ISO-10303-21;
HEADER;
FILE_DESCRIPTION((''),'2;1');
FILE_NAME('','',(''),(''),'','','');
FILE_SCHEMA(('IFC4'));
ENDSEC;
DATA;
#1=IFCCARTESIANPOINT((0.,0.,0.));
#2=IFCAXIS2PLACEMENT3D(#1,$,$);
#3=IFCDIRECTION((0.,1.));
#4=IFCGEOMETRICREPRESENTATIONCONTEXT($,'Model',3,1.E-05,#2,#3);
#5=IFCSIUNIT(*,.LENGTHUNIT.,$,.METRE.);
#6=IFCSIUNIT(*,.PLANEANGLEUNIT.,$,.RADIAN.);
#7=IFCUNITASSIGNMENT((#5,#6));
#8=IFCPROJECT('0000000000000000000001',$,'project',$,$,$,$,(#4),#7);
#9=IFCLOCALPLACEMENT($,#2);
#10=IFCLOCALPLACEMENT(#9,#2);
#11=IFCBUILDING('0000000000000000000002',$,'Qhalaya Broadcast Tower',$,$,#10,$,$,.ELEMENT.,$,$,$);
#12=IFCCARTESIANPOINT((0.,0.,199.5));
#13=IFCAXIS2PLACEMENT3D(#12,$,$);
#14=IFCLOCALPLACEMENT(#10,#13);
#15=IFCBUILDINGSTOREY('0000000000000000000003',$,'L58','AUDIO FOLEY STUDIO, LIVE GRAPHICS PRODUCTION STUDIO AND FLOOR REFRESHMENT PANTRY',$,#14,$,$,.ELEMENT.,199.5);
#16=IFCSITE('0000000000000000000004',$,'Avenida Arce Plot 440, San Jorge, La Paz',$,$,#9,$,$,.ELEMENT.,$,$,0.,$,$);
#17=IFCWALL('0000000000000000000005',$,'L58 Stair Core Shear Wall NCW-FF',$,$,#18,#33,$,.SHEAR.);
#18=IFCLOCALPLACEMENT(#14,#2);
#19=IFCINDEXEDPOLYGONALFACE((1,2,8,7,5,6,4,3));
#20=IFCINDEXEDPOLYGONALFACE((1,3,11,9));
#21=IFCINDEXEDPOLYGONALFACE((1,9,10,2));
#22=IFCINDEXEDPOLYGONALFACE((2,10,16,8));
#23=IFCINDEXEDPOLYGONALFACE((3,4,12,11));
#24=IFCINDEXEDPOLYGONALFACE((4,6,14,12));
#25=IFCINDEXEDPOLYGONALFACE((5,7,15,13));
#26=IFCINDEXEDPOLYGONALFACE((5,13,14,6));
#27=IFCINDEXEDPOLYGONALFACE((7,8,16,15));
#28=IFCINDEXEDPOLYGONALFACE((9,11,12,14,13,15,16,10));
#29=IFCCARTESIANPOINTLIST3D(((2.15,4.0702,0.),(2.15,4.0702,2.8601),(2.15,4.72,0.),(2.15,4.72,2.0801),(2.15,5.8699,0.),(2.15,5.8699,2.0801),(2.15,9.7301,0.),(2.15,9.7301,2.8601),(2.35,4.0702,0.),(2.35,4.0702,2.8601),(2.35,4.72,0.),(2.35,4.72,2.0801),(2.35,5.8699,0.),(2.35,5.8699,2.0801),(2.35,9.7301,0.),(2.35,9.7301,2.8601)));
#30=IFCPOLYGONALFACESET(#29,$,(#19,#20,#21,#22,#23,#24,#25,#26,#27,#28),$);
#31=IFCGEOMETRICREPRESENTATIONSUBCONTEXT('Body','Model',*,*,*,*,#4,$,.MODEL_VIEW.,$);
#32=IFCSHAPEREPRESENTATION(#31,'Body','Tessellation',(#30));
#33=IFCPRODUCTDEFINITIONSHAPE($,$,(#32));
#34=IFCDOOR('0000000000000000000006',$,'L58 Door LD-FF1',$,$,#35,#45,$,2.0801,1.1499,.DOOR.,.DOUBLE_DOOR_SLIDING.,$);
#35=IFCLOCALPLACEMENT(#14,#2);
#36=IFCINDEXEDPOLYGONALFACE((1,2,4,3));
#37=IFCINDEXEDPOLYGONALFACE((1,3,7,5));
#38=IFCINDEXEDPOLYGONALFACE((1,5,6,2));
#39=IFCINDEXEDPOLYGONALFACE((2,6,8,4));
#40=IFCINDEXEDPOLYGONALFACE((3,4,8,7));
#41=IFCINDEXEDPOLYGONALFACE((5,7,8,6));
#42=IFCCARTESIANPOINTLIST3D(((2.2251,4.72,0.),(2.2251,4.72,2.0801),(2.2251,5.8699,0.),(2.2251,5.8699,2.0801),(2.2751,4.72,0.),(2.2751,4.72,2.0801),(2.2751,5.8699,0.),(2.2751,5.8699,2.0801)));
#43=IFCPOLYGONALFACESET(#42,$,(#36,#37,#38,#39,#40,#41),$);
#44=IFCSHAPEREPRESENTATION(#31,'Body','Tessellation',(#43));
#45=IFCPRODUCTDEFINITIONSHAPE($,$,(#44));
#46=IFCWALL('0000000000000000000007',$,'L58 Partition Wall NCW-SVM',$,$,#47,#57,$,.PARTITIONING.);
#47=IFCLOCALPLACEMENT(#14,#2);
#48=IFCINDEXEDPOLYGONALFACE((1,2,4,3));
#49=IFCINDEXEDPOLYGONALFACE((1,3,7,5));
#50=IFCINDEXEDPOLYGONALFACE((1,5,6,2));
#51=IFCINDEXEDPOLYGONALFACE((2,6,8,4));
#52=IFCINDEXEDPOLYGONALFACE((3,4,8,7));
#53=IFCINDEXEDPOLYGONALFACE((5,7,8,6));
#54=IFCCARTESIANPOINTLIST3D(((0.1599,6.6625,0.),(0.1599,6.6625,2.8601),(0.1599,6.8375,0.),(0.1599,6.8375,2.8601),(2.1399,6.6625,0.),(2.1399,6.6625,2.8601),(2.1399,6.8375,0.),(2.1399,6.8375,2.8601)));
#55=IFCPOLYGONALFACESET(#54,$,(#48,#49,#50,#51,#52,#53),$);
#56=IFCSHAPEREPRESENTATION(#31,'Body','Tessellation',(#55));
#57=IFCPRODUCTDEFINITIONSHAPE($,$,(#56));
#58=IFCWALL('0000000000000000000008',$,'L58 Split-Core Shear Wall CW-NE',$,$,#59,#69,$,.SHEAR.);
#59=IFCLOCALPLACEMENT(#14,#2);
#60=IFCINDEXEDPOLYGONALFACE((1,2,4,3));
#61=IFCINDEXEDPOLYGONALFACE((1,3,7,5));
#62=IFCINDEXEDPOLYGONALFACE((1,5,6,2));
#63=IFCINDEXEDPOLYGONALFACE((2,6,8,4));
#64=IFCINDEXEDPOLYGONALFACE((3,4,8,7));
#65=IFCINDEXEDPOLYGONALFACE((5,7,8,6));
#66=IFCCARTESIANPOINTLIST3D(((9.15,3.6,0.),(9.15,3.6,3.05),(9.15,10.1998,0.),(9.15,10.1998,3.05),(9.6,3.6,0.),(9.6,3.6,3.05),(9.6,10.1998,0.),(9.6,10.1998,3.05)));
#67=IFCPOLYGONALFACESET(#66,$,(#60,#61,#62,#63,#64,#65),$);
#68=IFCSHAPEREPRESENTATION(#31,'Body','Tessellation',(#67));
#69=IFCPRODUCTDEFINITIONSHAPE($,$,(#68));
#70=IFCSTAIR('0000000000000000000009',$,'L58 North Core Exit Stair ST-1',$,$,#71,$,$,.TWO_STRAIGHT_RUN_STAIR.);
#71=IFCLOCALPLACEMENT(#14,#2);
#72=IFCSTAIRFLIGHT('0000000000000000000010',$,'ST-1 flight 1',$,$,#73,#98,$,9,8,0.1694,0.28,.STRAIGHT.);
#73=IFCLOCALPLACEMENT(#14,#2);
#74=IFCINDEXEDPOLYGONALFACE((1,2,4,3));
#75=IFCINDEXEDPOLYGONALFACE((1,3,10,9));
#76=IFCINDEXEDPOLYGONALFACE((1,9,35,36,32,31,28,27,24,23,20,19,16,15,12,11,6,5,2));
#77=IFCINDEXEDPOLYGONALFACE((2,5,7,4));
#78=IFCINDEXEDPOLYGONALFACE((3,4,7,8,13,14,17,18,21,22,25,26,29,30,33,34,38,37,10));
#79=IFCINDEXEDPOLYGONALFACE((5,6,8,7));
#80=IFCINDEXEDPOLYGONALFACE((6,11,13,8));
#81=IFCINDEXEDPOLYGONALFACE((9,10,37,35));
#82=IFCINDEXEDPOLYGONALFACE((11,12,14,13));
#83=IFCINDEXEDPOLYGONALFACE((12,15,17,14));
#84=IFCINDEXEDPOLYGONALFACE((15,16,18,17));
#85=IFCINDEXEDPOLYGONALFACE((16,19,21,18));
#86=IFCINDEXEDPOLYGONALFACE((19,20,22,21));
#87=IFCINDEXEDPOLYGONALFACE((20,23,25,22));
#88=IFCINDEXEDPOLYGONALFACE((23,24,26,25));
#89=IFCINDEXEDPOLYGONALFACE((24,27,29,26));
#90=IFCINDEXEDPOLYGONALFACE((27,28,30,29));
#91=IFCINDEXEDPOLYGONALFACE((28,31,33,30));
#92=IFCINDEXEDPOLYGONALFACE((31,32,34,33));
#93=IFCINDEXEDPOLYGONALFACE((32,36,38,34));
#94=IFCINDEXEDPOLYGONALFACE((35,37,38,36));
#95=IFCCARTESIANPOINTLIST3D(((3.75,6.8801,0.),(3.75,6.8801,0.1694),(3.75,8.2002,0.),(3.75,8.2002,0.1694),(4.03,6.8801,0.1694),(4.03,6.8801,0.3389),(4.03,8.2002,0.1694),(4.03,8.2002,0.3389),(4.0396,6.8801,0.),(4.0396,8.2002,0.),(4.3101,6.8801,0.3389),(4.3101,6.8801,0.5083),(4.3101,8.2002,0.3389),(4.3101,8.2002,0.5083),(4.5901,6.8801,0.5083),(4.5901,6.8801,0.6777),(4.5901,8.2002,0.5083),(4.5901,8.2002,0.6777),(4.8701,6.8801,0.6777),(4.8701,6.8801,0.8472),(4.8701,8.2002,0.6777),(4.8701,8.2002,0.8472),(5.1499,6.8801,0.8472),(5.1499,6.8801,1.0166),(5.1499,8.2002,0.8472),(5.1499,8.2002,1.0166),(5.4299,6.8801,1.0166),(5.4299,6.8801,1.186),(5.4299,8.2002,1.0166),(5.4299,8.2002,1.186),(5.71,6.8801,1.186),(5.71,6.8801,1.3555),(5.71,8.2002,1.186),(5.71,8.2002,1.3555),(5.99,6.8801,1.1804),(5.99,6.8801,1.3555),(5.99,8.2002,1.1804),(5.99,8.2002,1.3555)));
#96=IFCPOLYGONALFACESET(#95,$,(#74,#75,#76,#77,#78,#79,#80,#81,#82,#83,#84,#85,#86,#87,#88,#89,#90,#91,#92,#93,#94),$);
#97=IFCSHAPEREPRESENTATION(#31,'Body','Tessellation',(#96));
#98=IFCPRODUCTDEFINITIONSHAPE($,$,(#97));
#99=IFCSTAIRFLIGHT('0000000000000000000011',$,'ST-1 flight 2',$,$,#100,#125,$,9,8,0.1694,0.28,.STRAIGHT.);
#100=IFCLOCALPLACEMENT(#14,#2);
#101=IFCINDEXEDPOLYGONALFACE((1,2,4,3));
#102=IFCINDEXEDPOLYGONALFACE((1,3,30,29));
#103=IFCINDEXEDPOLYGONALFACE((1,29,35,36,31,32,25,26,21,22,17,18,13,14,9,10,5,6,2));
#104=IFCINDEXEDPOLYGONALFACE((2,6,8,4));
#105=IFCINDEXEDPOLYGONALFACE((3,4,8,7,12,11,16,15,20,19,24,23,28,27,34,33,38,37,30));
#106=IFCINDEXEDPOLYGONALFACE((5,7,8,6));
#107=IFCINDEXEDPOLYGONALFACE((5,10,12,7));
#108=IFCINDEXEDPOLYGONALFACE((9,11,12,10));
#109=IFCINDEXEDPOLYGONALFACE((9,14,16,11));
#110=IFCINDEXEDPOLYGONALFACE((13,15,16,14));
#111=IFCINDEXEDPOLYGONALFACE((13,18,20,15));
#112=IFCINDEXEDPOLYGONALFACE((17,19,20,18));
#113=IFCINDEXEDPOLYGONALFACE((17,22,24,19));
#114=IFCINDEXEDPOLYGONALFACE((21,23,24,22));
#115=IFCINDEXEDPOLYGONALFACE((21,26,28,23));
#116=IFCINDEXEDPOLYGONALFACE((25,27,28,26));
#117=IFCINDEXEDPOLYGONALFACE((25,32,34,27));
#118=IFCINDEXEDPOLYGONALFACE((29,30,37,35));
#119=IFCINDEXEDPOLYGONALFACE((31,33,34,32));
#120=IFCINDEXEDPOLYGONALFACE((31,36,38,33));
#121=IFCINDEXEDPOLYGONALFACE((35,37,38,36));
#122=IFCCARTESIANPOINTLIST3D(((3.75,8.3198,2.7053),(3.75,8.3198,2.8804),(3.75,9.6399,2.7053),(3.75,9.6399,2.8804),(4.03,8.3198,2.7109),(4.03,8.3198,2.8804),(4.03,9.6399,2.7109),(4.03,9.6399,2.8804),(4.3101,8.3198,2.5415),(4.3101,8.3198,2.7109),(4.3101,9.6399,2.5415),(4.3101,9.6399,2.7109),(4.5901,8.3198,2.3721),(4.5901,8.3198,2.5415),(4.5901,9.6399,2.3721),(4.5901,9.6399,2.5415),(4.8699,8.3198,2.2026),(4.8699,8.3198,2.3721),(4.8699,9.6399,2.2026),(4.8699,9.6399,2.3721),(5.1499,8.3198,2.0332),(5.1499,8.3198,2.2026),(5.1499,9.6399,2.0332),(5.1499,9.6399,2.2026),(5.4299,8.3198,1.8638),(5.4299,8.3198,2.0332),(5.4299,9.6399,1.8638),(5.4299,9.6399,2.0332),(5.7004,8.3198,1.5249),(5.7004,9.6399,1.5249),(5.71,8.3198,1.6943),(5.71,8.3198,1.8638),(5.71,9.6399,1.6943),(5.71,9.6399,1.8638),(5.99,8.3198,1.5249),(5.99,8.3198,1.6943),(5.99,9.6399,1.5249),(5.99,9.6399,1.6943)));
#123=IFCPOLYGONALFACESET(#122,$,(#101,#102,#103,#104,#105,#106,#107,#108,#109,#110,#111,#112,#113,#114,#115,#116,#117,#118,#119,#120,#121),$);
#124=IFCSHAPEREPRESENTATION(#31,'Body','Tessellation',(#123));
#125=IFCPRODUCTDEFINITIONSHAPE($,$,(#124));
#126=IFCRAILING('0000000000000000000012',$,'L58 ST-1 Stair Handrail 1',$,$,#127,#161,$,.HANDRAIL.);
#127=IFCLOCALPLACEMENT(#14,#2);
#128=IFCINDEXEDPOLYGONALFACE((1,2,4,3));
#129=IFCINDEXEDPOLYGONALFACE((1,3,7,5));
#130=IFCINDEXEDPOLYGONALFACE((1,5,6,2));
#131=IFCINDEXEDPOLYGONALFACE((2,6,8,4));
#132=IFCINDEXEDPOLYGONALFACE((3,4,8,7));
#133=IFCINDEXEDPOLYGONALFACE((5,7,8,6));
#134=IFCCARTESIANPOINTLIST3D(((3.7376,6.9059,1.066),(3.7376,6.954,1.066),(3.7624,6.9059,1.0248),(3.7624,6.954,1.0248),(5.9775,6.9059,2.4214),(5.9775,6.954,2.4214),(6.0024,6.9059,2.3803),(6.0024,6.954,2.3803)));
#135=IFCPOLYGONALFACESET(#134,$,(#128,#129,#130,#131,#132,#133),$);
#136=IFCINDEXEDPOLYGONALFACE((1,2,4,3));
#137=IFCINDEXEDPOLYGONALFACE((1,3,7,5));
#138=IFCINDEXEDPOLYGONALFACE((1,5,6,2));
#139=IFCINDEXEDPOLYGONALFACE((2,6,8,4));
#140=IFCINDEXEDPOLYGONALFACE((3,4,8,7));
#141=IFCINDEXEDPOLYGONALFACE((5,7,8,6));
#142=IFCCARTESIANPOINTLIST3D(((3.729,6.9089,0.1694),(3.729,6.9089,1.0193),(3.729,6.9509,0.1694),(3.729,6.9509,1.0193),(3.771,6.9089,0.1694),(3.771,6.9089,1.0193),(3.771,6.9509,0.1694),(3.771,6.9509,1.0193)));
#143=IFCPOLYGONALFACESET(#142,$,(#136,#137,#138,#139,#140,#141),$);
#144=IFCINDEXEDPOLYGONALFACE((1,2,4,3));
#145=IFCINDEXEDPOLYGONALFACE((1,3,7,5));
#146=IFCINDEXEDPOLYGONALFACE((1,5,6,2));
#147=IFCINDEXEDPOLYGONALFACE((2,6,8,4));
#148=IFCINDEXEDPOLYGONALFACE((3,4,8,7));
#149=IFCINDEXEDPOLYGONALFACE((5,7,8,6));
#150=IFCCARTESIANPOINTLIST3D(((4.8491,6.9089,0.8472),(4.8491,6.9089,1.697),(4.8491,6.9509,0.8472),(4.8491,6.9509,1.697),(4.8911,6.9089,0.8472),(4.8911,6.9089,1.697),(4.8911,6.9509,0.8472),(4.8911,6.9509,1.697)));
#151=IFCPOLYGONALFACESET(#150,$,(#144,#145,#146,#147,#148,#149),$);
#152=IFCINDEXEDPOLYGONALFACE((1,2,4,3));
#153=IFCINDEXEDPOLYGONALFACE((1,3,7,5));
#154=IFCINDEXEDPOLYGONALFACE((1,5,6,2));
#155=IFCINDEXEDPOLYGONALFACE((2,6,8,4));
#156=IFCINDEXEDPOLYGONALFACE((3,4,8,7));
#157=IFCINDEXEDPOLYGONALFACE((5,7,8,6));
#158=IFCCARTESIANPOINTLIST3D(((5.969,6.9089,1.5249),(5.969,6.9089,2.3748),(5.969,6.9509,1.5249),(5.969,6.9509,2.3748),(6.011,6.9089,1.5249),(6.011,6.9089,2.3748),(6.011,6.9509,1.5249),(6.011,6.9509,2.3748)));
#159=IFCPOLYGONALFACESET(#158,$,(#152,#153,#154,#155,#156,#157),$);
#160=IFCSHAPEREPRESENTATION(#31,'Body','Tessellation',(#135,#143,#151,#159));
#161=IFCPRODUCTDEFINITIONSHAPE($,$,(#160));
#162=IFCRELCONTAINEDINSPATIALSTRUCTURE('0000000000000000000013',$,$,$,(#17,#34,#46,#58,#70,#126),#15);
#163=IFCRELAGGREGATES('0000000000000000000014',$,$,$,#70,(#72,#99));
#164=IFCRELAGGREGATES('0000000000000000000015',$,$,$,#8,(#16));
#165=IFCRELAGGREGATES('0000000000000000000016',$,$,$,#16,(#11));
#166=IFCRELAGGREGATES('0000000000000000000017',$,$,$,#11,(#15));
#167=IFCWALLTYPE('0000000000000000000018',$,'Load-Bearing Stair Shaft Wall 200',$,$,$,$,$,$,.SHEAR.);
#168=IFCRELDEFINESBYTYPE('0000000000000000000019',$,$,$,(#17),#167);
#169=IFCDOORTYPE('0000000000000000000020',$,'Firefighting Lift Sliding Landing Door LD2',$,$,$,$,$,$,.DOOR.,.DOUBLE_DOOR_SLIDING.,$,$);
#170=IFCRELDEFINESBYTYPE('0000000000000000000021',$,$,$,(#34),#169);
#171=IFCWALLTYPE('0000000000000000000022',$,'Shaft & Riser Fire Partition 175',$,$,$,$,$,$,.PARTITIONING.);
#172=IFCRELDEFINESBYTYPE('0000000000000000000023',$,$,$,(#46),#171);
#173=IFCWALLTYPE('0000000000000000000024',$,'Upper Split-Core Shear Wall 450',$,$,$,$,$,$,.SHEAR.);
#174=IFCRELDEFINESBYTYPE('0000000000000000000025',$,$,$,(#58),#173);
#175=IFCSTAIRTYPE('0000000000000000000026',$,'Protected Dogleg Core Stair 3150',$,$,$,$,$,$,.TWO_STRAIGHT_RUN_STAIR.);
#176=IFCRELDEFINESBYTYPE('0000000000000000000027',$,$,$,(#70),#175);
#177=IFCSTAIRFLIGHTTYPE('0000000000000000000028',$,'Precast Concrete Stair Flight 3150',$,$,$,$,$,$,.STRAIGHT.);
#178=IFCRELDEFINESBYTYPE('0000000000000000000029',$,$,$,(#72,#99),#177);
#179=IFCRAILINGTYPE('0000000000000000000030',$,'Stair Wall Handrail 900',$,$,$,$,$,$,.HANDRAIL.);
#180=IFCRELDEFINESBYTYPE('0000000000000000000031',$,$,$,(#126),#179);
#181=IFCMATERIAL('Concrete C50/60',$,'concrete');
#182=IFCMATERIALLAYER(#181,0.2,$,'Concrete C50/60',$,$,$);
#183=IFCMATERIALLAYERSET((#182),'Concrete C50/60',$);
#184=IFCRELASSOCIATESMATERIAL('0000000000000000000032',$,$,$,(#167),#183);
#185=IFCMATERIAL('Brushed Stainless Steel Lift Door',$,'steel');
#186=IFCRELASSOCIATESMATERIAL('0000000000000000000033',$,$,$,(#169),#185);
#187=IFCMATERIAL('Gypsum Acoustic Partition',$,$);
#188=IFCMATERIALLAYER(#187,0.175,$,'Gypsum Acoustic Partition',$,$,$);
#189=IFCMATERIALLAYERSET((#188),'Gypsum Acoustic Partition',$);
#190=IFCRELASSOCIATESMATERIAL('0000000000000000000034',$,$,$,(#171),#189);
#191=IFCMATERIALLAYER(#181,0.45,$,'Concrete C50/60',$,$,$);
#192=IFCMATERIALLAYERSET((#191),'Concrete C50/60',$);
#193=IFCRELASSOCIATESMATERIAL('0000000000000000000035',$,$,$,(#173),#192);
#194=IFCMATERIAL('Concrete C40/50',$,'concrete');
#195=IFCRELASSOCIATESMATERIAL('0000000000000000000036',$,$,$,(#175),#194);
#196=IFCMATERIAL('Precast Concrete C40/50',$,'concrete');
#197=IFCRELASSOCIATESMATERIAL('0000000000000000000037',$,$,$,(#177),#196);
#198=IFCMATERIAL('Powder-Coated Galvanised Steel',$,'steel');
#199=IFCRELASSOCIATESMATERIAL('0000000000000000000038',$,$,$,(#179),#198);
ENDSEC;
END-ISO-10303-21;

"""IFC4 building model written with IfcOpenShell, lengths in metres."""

from ifc_helpers import new_model, si_unit, direction, frame, frame_2d, origin, origin_2d, place, context, subcontext, project, spatial, polyline, rectangle, outline, extrude, material, layer, layer_set, type_object, element, fill, aggregate, save


model = new_model("IFC4")

# Units and contexts
model_context = context("Model", 3, precision=1e-05, world=origin(), true_north=direction((0.0, 1.0)))
body_context = subcontext(model_context, "Body", "Model", "MODEL_VIEW")
ifc_project = project(units=[si_unit("LENGTHUNIT", "METRE"), si_unit("PLANEANGLEUNIT", "RADIAN")], contexts=[model_context])

# Site, building, storey
site_placement = place(None, origin())
site = spatial("IfcSite", under=ifc_project, at=site_placement, Name="Avenida Arce Plot 440, San Jorge, La Paz", CompositionType="ELEMENT", RefElevation=0.0)
building_placement = place(site_placement, origin())
building = spatial("IfcBuilding", under=site, at=building_placement, Name="Qhalaya Broadcast Tower", CompositionType="ELEMENT")
storey_placement = place(building_placement, frame((0.0, 0.0, 199.5)))
storey = spatial("IfcBuildingStorey", under=building, at=storey_placement, Name="L58", Description="AUDIO FOLEY STUDIO, LIVE GRAPHICS PRODUCTION STUDIO AND FLOOR REFRESHMENT PANTRY", CompositionType="ELEMENT", Elevation=199.5)

# Shared definitions
ifc_material_1 = material(Name="Concrete C50/60", Category="concrete")

# Wall, opening, door
ifc_layer_1 = layer(ifc_material_1, 0.2, Name="Concrete C50/60")
ifc_layer_set_1 = layer_set([ifc_layer_1], Name="Concrete C50/60")
wall_type_1 = type_object("IfcWallType", Name="Load-Bearing Stair Shaft Wall 200", PredefinedType="SHEAR", material=ifc_layer_set_1)
wall_1_placement = place(storey_placement, frame((2.25, 4.0701, 0.0), z_axis=(0.0, 0.0, 1.0), x_axis=(0.0, 1.0, 0.0)))
wall_1 = element("IfcWall", 1, at=wall_1_placement, inside=storey, type_object=wall_type_1, Name="L58 Stair Core Shear Wall NCW-FF", PredefinedType="SHEAR", context=body_context, shape_type="SweptSolid", body=[
    extrude(rectangle(XDim=5.6599, YDim=0.2, at=frame_2d((2.8301, 0.0))), origin(), (0.0, 0.0, 1.0), 2.8601),
])
opening_1_placement = place(wall_1_placement, frame((0.6499, 0.0, 0.0)))
opening_1 = element("IfcOpeningElement", 2, at=opening_1_placement, cuts=wall_1, PredefinedType="OPENING", context=body_context, shape_type="SweptSolid", body=[
    extrude(rectangle(XDim=1.1499, YDim=2.0801, at=frame_2d((0.575, 1.04))), frame((0.0, 0.1121, 0.0), z_axis=(0.0, -1.0, 0.0), x_axis=(1.0, 0.0, 0.0)), (0.0, 0.0, 1.0), 0.2239),
])
ifc_material_2 = material(Name="Brushed Stainless Steel Lift Door", Category="steel")
door_type_1 = type_object("IfcDoorType", Name="Firefighting Lift Sliding Landing Door LD2", OperationType="DOUBLE_DOOR_SLIDING", PredefinedType="DOOR", material=ifc_material_2)
door_1_placement = place(opening_1_placement, origin())
door_1 = element("IfcDoor", 3, at=door_1_placement, inside=storey, type_object=door_type_1, Name="L58 Door LD-FF1", OperationType="DOUBLE_DOOR_SLIDING", OverallHeight=2.0801, OverallWidth=1.1499, PredefinedType="DOOR", context=body_context, shape_type="SweptSolid", body=[
    extrude(rectangle(XDim=1.1499, YDim=2.0801, at=frame_2d((0.575, 1.04))), frame((0.0, 0.0249, 0.0), z_axis=(0.0, -1.0, 0.0), x_axis=(1.0, 0.0, 0.0)), (0.0, 0.0, 1.0), 0.05),
])
fill(opening_1, door_1)
ifc_material_3 = material(Name="Gypsum Acoustic Partition")
ifc_layer_2 = layer(ifc_material_3, 0.175, Name="Gypsum Acoustic Partition")
ifc_layer_set_2 = layer_set([ifc_layer_2], Name="Gypsum Acoustic Partition")
wall_type_2 = type_object("IfcWallType", Name="Shaft & Riser Fire Partition 175", PredefinedType="PARTITIONING", material=ifc_layer_set_2)

# Walls
wall_2_placement = place(storey_placement, frame((0.1599, 6.75, 0.0), z_axis=(0.0, 0.0, 1.0), x_axis=(1.0, 0.0, 0.0)))
element("IfcWall", 4, at=wall_2_placement, inside=storey, type_object=wall_type_2, Name="L58 Partition Wall NCW-SVM", PredefinedType="PARTITIONING", context=body_context, shape_type="SweptSolid", body=[
    extrude(rectangle(XDim=1.98, YDim=0.175, at=frame_2d((0.99, 0.0))), origin(), (0.0, 0.0, 1.0), 2.8601),
])
ifc_layer_3 = layer(ifc_material_1, 0.45, Name="Concrete C50/60")
ifc_layer_set_3 = layer_set([ifc_layer_3], Name="Concrete C50/60")
wall_type_3 = type_object("IfcWallType", Name="Upper Split-Core Shear Wall 450", PredefinedType="SHEAR", material=ifc_layer_set_3)
wall_3_placement = place(storey_placement, frame((9.375, 3.6001, 0.0), z_axis=(0.0, 0.0, 1.0), x_axis=(0.0, 1.0, 0.0)))
element("IfcWall", 5, at=wall_3_placement, inside=storey, type_object=wall_type_3, Name="L58 Split-Core Shear Wall CW-NE", PredefinedType="SHEAR", context=body_context, shape_type="SweptSolid", body=[
    extrude(rectangle(XDim=6.5999, YDim=0.45, at=frame_2d((3.2998, 0.0))), origin(), (0.0, 0.0, 1.0), 3.05),
])

# Stair, stair flights
ifc_material_4 = material(Name="Concrete C40/50", Category="concrete")
stair_type = type_object("IfcStairType", Name="Protected Dogleg Core Stair 3150", PredefinedType="TWO_STRAIGHT_RUN_STAIR", material=ifc_material_4)
stair_placement = place(storey_placement, origin())
stair = element("IfcStair", 6, at=stair_placement, inside=storey, type_object=stair_type, Name="L58 North Core Exit Stair ST-1", PredefinedType="TWO_STRAIGHT_RUN_STAIR")
ifc_material_5 = material(Name="Precast Concrete C40/50", Category="concrete")
stair_flight_type = type_object("IfcStairFlightType", Name="Precast Concrete Stair Flight 3150", PredefinedType="STRAIGHT", material=ifc_material_5)
stair_flight_1_placement = place(storey_placement, frame((3.75, 7.54, 0.0), z_axis=(0.0, 0.0, 1.0), x_axis=(1.0, 0.0, 0.0)))
stair_flight_1 = element("IfcStairFlight", 7, at=stair_flight_1_placement, type_object=stair_flight_type, Name="ST-1 flight 1", NumberOfRisers=9, NumberOfTreads=8, PredefinedType="STRAIGHT", RiserHeight=0.1694, TreadLength=0.28, context=body_context, shape_type="SweptSolid", body=[
    extrude(outline(polyline([(0.0, 0.0), (0.0, 0.1694), (0.28, 0.1694), (0.28, 0.3389), (0.5601, 0.3389), (0.5601, 0.5083), (0.8401, 0.5083), (0.8401, 0.6777), (1.1201, 0.6777), (1.1201, 0.8472), (1.3999, 0.8472), (1.3999, 1.0166), (1.6799, 1.0166), (1.6799, 1.186), (1.96, 1.186), (1.96, 1.3555), (2.24, 1.3555), (2.24, 1.5249), (2.24, 1.1804), (0.2896, 0.0), (0.0, 0.0)])), frame((0.0, 0.6602, 0.0), z_axis=(0.0, -1.0, 0.0), x_axis=(1.0, 0.0, 0.0)), (0.0, 0.0, 1.0), 1.3201),
])
stair_flight_2_placement = place(storey_placement, frame((5.99, 8.98, 1.5249), z_axis=(0.0, 0.0, 1.0), x_axis=(-1.0, 0.0, 0.0)))
stair_flight_2 = element("IfcStairFlight", 8, at=stair_flight_2_placement, type_object=stair_flight_type, Name="ST-1 flight 2", NumberOfRisers=9, NumberOfTreads=8, PredefinedType="STRAIGHT", RiserHeight=0.1694, TreadLength=0.28, context=body_context, shape_type="SweptSolid", body=[
    extrude(outline(polyline([(0.0, 0.0), (0.0, 0.1694), (0.28, 0.1694), (0.28, 0.3389), (0.5601, 0.3389), (0.5601, 0.5083), (0.8401, 0.5083), (0.8401, 0.6777), (1.1201, 0.6777), (1.1201, 0.8472), (1.3999, 0.8472), (1.3999, 1.0166), (1.6799, 1.0166), (1.6799, 1.186), (1.96, 1.186), (1.96, 1.3555), (2.24, 1.3555), (2.24, 1.5249), (2.24, 1.1804), (0.2896, 0.0), (0.0, 0.0)])), frame((0.0, 0.6602, 0.0), z_axis=(0.0, -1.0, 0.0), x_axis=(1.0, 0.0, 0.0)), (0.0, 0.0, 1.0), 1.3201),
])
aggregate(stair, [stair_flight_1, stair_flight_2])

# Railing
ifc_material_6 = material(Name="Powder-Coated Galvanised Steel", Category="steel")
railing_type_1 = type_object("IfcRailingType", Name="Stair Wall Handrail 900", PredefinedType="HANDRAIL", material=ifc_material_6)
railing_1_placement = place(storey_placement, frame((3.75, 6.9299, 0.1694)))
element("IfcRailing", 9, at=railing_1_placement, inside=storey, type_object=railing_type_1, Name="L58 ST-1 Stair Handrail 1", PredefinedType="HANDRAIL", context=body_context, shape_type="SweptSolid", body=[
    extrude(rectangle(XDim=0.0481, YDim=0.0481, at=origin_2d()), frame((0.0, 0.0, 0.876), z_axis=(0.855553, 0.0, 0.517715), x_axis=(0.0, 1.0, 0.0)), (0.0, 0.0, 1.0), 2.6182),
    extrude(rectangle(XDim=0.042, YDim=0.042, at=origin_2d()), origin(), (0.0, 0.0, 1.0), 0.8499),
    extrude(rectangle(XDim=0.042, YDim=0.042, at=origin_2d()), frame((1.1201, 0.0, 0.6777)), (0.0, 0.0, 1.0), 0.8499),
    extrude(rectangle(XDim=0.042, YDim=0.042, at=origin_2d()), frame((2.24, 0.0, 1.3555)), (0.0, 0.0, 1.0), 0.8499),
])

save(model, "model.ifc")
